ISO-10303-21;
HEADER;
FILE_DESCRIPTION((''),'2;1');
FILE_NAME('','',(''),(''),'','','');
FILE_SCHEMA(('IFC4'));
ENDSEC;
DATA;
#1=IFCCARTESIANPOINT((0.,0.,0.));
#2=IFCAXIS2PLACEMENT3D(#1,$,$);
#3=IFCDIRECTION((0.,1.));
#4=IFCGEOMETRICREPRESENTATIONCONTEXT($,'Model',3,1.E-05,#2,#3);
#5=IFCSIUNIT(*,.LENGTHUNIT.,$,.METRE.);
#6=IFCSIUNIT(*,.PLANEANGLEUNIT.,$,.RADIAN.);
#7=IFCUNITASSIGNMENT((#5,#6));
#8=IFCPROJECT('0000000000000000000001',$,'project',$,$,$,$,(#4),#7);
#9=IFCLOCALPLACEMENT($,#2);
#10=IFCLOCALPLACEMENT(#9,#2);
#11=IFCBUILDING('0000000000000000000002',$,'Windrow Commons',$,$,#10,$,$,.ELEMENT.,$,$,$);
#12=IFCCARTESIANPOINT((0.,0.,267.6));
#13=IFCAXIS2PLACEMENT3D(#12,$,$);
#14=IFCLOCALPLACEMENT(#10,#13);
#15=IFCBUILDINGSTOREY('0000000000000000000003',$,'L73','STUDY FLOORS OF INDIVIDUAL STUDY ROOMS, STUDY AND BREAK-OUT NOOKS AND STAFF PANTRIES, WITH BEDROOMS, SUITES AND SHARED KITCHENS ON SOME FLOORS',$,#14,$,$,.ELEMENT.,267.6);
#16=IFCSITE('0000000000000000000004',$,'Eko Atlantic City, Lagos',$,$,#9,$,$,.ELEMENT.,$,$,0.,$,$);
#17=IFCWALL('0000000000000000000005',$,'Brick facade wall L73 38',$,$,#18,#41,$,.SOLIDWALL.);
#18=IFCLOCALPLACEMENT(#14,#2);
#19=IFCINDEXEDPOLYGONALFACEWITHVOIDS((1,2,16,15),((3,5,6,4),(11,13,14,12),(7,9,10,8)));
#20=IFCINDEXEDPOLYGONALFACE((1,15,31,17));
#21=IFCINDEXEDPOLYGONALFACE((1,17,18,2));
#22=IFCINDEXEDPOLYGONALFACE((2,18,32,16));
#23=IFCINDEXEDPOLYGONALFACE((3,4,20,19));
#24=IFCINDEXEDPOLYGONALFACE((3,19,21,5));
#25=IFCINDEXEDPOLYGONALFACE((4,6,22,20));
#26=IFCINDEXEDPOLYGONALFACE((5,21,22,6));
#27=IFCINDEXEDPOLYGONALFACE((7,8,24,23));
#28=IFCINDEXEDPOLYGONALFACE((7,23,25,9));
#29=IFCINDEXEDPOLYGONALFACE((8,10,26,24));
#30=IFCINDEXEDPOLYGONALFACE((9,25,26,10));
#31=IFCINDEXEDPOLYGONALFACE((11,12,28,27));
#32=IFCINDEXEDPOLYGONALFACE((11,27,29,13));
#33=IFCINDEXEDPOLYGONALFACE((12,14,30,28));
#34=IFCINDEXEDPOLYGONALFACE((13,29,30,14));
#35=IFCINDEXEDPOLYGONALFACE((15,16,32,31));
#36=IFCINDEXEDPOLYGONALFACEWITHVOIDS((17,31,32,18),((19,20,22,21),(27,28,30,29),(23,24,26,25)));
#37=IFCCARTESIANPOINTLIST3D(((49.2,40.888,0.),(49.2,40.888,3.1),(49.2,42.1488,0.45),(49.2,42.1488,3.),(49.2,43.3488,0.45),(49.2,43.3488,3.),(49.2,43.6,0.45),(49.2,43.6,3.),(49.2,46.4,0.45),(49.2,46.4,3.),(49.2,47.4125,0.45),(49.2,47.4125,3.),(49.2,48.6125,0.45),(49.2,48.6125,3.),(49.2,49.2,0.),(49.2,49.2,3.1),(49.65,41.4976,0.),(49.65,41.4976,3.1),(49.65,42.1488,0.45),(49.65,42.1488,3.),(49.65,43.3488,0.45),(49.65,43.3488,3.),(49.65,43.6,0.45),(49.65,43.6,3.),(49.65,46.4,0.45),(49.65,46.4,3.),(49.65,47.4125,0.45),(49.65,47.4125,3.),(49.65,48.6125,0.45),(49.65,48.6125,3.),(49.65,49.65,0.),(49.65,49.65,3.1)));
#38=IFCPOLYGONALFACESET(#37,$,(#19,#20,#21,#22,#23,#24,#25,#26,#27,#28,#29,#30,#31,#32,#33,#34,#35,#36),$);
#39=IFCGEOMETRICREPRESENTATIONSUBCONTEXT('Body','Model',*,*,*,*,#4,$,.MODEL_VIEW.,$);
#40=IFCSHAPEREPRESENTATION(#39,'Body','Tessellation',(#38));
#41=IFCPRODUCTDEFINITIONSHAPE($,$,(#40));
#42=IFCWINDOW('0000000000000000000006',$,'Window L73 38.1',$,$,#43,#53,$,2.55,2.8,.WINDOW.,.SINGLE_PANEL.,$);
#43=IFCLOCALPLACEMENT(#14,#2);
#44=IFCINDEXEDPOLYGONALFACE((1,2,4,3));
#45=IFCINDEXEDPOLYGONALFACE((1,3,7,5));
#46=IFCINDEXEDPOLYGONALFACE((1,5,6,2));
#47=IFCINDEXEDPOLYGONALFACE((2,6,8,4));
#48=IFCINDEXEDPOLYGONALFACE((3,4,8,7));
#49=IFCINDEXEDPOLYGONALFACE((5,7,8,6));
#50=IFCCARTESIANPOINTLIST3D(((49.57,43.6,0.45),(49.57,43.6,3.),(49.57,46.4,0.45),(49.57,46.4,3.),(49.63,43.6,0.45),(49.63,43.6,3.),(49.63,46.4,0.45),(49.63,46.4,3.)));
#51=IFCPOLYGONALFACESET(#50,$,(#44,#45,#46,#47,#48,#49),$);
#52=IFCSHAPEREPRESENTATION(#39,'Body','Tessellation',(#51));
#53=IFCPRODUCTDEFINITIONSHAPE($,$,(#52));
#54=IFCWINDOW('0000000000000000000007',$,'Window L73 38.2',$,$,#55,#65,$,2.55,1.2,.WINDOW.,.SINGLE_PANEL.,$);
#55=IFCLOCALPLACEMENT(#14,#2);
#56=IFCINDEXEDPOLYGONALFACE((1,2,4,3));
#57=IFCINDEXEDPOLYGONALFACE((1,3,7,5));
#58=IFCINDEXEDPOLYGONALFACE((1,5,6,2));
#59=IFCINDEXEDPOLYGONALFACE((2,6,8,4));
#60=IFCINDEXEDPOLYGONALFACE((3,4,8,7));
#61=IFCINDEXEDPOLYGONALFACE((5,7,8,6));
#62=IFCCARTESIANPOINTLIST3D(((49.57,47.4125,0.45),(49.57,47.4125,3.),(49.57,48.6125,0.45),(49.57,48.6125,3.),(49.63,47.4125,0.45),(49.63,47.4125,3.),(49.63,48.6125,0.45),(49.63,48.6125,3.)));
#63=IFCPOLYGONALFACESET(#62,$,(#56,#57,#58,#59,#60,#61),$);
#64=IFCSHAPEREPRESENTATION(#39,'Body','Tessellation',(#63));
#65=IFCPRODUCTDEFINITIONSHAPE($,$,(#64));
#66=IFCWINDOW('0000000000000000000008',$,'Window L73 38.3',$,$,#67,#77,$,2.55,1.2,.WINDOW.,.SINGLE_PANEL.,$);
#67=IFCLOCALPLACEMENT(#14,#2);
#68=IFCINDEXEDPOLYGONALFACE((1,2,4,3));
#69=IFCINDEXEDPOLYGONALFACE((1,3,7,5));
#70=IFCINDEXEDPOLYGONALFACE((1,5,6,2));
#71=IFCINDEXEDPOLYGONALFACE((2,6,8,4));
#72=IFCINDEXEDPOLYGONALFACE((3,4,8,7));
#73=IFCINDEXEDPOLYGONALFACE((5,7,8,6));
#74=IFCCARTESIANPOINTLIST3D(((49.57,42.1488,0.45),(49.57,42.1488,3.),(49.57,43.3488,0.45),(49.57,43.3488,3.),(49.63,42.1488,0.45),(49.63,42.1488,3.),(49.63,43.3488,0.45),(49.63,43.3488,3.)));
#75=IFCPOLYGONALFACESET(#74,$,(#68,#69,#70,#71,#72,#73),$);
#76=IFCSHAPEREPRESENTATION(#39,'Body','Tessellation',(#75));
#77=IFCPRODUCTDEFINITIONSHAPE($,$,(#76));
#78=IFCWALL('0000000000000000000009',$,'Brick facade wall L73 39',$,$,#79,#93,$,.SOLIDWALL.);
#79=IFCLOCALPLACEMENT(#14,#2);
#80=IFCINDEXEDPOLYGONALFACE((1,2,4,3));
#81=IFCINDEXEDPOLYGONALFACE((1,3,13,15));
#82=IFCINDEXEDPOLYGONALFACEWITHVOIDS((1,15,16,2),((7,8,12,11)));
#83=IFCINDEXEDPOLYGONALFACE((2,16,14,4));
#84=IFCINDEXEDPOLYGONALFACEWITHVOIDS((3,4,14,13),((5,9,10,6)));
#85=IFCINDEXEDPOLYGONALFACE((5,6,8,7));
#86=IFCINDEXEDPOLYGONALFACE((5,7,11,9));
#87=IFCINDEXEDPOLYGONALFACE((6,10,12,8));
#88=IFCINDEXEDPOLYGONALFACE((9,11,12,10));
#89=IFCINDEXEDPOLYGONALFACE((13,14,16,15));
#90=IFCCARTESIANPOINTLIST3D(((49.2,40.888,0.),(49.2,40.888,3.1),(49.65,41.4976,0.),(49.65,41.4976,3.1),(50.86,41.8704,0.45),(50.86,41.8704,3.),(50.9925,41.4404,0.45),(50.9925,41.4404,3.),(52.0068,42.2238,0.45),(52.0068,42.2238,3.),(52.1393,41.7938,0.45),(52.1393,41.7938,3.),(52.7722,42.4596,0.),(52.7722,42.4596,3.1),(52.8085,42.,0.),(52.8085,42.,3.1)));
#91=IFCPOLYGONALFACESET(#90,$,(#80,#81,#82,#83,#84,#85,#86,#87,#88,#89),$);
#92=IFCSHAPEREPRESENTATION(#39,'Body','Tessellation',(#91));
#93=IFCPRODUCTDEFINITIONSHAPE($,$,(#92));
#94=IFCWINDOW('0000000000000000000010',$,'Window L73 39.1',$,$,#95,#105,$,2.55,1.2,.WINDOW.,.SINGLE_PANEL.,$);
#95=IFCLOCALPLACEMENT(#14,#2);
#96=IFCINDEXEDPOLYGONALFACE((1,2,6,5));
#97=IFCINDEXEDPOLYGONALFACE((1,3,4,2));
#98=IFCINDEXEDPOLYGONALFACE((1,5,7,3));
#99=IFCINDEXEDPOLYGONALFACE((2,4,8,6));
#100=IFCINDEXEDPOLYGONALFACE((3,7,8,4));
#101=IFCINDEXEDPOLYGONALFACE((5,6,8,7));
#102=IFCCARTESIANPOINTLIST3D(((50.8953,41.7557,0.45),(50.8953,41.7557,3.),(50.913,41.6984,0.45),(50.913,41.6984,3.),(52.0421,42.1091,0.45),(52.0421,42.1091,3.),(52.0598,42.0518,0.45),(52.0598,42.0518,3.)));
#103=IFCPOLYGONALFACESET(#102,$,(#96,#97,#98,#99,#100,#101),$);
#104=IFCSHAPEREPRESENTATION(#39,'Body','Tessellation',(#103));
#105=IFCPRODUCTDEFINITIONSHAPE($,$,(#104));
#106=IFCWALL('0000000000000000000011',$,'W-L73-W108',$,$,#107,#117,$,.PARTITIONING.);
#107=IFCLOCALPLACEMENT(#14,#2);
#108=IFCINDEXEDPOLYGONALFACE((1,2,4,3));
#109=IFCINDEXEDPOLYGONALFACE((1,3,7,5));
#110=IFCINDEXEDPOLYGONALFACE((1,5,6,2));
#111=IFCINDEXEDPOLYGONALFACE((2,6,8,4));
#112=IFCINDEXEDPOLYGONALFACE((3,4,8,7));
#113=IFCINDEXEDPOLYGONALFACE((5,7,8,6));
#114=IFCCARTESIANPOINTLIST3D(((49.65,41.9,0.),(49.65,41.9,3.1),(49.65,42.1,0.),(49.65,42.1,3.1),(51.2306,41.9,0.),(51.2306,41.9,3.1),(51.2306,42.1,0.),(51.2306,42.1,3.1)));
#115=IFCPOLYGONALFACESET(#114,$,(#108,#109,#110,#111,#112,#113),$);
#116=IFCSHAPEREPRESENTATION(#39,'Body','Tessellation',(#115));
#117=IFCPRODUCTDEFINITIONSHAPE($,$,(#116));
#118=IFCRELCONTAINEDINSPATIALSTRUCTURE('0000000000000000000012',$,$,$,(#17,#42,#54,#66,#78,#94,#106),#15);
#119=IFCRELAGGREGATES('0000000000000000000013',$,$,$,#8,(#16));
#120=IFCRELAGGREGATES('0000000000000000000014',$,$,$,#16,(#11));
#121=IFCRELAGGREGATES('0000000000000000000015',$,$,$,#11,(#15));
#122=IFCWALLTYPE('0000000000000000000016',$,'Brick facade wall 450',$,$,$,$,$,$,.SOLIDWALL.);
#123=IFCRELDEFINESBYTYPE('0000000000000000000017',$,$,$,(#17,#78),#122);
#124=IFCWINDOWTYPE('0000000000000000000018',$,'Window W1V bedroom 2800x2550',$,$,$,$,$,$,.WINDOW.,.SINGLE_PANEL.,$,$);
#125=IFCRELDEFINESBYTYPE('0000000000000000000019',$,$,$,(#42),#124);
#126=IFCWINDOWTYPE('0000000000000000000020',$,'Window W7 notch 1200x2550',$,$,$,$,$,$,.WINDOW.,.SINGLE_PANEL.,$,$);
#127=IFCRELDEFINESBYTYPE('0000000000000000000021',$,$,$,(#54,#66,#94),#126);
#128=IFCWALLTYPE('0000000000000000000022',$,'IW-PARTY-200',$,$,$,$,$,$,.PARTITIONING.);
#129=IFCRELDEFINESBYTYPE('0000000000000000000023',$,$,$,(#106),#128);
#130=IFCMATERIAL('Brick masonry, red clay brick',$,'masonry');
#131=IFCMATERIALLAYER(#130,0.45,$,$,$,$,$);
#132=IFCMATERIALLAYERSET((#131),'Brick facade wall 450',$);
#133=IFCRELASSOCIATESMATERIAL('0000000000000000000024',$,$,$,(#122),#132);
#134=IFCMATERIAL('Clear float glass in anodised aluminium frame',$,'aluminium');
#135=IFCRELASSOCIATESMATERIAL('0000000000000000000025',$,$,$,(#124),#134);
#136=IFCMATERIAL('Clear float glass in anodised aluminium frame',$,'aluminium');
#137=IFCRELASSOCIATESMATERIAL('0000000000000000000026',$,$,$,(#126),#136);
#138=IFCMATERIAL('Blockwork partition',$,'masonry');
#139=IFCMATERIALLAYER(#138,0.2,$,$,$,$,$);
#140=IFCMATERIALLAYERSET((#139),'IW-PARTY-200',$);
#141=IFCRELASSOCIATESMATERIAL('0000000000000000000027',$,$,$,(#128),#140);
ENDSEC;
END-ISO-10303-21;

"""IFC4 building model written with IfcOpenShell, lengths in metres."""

from ifc_helpers import new_model, si_unit, direction, frame, frame_2d, origin, place, context, subcontext, project, spatial, polyline, rectangle, outline, extrude, material, layer, layer_set, type_object, element, fill, save


model = new_model("IFC4")

# Units and contexts
model_context = context("Model", 3, precision=1e-05, world=origin(), true_north=direction((0.0, 1.0)))
body_context = subcontext(model_context, "Body", "Model", "MODEL_VIEW")
ifc_project = project(units=[si_unit("LENGTHUNIT", "METRE"), si_unit("PLANEANGLEUNIT", "RADIAN")], contexts=[model_context])

# Site, building, storey
site_placement = place(None, origin())
site = spatial("IfcSite", under=ifc_project, at=site_placement, Name="Eko Atlantic City, Lagos", CompositionType="ELEMENT", RefElevation=0.0)
building_placement = place(site_placement, origin())
building = spatial("IfcBuilding", under=site, at=building_placement, Name="Windrow Commons", CompositionType="ELEMENT")
storey_placement = place(building_placement, frame((0.0, 0.0, 267.6)))
storey = spatial("IfcBuildingStorey", under=building, at=storey_placement, Name="L73", Description="STUDY FLOORS OF INDIVIDUAL STUDY ROOMS, STUDY AND BREAK-OUT NOOKS AND STAFF PANTRIES, WITH BEDROOMS, SUITES AND SHARED KITCHENS ON SOME FLOORS", CompositionType="ELEMENT", Elevation=267.6)

# Wall, openings, windows
ifc_material_1 = material(Name="Brick masonry, red clay brick", Category="masonry")
ifc_layer_1 = layer(ifc_material_1, 0.45)
ifc_layer_set_1 = layer_set([ifc_layer_1], Name="Brick facade wall 450")
wall_type_1 = type_object("IfcWallType", Name="Brick facade wall 450", PredefinedType="SOLIDWALL", material=ifc_layer_set_1)
ifc_material_2 = material(Name="Clear float glass in anodised aluminium frame", Category="aluminium")
window_type_1 = type_object("IfcWindowType", Name="Window W1V bedroom 2800x2550", PartitioningType="SINGLE_PANEL", PredefinedType="WINDOW", material=ifc_material_2)
ifc_material_3 = material(Name="Clear float glass in anodised aluminium frame", Category="aluminium")
window_type_2 = type_object("IfcWindowType", Name="Window W7 notch 1200x2550", PartitioningType="SINGLE_PANEL", PredefinedType="WINDOW", material=ifc_material_3)
wall_1_placement = place(storey_placement, frame((49.425, 49.425, 0.0), z_axis=(0.0, 0.0, 1.0), x_axis=(0.0, -1.0, 0.0)))
wall_1 = element("IfcWall", 1, at=wall_1_placement, inside=storey, type_object=wall_type_1, Name="Brick facade wall L73 38", PredefinedType="SOLIDWALL", context=body_context, shape_type="SweptSolid", body=[
    extrude(outline(polyline([(0.225, -0.225), (8.537, -0.225), (7.9274, 0.225), (-0.225, 0.225), (0.225, -0.225)])), origin(), (0.0, 0.0, 1.0), 3.1),
])
opening_1_placement = place(wall_1_placement, frame((3.025, 0.0, 0.45)))
opening_1 = element("IfcOpeningElement", 2, at=opening_1_placement, cuts=wall_1, PredefinedType="OPENING", context=body_context, shape_type="SweptSolid", body=[
    extrude(rectangle(XDim=2.8, YDim=2.55, at=frame_2d((1.4, 1.275))), frame((0.0, 0.235, 0.0), z_axis=(0.0, -1.0, 0.0), x_axis=(1.0, 0.0, 0.0)), (0.0, 0.0, 1.0), 0.47),
])
opening_2_placement = place(wall_1_placement, frame((0.8125, 0.0, 0.45)))
opening_2 = element("IfcOpeningElement", 3, at=opening_2_placement, cuts=wall_1, PredefinedType="OPENING", context=body_context, shape_type="SweptSolid", body=[
    extrude(rectangle(XDim=1.2, YDim=2.55, at=frame_2d((0.6, 1.275))), frame((0.0, 0.235, 0.0), z_axis=(0.0, -1.0, 0.0), x_axis=(1.0, 0.0, 0.0)), (0.0, 0.0, 1.0), 0.47),
])
opening_3_placement = place(wall_1_placement, frame((6.0762, 0.0, 0.45)))
opening_3 = element("IfcOpeningElement", 4, at=opening_3_placement, cuts=wall_1, PredefinedType="OPENING", context=body_context, shape_type="SweptSolid", body=[
    extrude(rectangle(XDim=1.2, YDim=2.55, at=frame_2d((0.6, 1.275))), frame((0.0, 0.235, 0.0), z_axis=(0.0, -1.0, 0.0), x_axis=(1.0, 0.0, 0.0)), (0.0, 0.0, 1.0), 0.47),
])
window_1_placement = place(opening_1_placement, origin())
window_1 = element("IfcWindow", 5, at=window_1_placement, inside=storey, type_object=window_type_1, Name="Window L73 38.1", OverallHeight=2.55, OverallWidth=2.8, PartitioningType="SINGLE_PANEL", PredefinedType="WINDOW", context=body_context, shape_type="SweptSolid", body=[
    extrude(rectangle(XDim=2.8, YDim=2.55, at=frame_2d((1.4, 1.275))), frame((0.0, 0.205, 0.0), z_axis=(0.0, -1.0, 0.0), x_axis=(1.0, 0.0, 0.0)), (0.0, 0.0, 1.0), 0.06),
])
fill(opening_1, window_1)
window_2_placement = place(opening_2_placement, origin())
window_2 = element("IfcWindow", 6, at=window_2_placement, inside=storey, type_object=window_type_2, Name="Window L73 38.2", OverallHeight=2.55, OverallWidth=1.2, PartitioningType="SINGLE_PANEL", PredefinedType="WINDOW", context=body_context, shape_type="SweptSolid", body=[
    extrude(rectangle(XDim=1.2, YDim=2.55, at=frame_2d((0.6, 1.275))), frame((0.0, 0.205, 0.0), z_axis=(0.0, -1.0, 0.0), x_axis=(1.0, 0.0, 0.0)), (0.0, 0.0, 1.0), 0.06),
])
fill(opening_2, window_2)
window_3_placement = place(opening_3_placement, origin())
window_3 = element("IfcWindow", 7, at=window_3_placement, inside=storey, type_object=window_type_2, Name="Window L73 38.3", OverallHeight=2.55, OverallWidth=1.2, PartitioningType="SINGLE_PANEL", PredefinedType="WINDOW", context=body_context, shape_type="SweptSolid", body=[
    extrude(rectangle(XDim=1.2, YDim=2.55, at=frame_2d((0.6, 1.275))), frame((0.0, 0.205, 0.0), z_axis=(0.0, -1.0, 0.0), x_axis=(1.0, 0.0, 0.0)), (0.0, 0.0, 1.0), 0.06),
])
fill(opening_3, window_3)

# Wall, opening, window
wall_2_placement = place(storey_placement, frame((49.425, 41.1928, 0.0), z_axis=(0.0, 0.0, 1.0), x_axis=(0.955657, 0.294481, 0.0)))
wall_2 = element("IfcWall", 8, at=wall_2_placement, inside=storey, type_object=wall_type_1, Name="Brick facade wall L73 39", PredefinedType="SOLIDWALL", context=body_context, shape_type="SweptSolid", body=[
    extrude(outline(polyline([(-0.3048, -0.225), (3.4712, -0.225), (3.5718, 0.225), (0.3048, 0.225), (-0.3048, -0.225)])), origin(), (0.0, 0.0, 1.0), 3.1),
])
opening_4_placement = place(wall_2_placement, frame((1.5709, 0.0, 0.45)))
opening_4 = element("IfcOpeningElement", 9, at=opening_4_placement, cuts=wall_2, PredefinedType="OPENING", context=body_context, shape_type="SweptSolid", body=[
    extrude(rectangle(XDim=1.2, YDim=2.55, at=frame_2d((0.6, 1.275))), frame((0.0, 0.235, 0.0), z_axis=(0.0, -1.0, 0.0), x_axis=(1.0, 0.0, 0.0)), (0.0, 0.0, 1.0), 0.47),
])
window_4_placement = place(opening_4_placement, origin())
window_4 = element("IfcWindow", 10, at=window_4_placement, inside=storey, type_object=window_type_2, Name="Window L73 39.1", OverallHeight=2.55, OverallWidth=1.2, PartitioningType="SINGLE_PANEL", PredefinedType="WINDOW", context=body_context, shape_type="SweptSolid", body=[
    extrude(rectangle(XDim=1.2, YDim=2.55, at=frame_2d((0.6, 1.275))), frame((0.0, 0.105, 0.0), z_axis=(0.0, -1.0, 0.0), x_axis=(1.0, 0.0, 0.0)), (0.0, 0.0, 1.0), 0.06),
])
fill(opening_4, window_4)

# Wall
ifc_material_4 = material(Name="Blockwork partition", Category="masonry")
ifc_layer_2 = layer(ifc_material_4, 0.2)
ifc_layer_set_2 = layer_set([ifc_layer_2], Name="IW-PARTY-200")
wall_type_2 = type_object("IfcWallType", Name="IW-PARTY-200", PredefinedType="PARTITIONING", material=ifc_layer_set_2)
wall_3_placement = place(storey_placement, frame((49.65, 42.0, 0.0), z_axis=(0.0, 0.0, 1.0), x_axis=(1.0, 0.0, 0.0)))
element("IfcWall", 11, at=wall_3_placement, inside=storey, type_object=wall_type_2, Name="W-L73-W108", PredefinedType="PARTITIONING", context=body_context, shape_type="SweptSolid", body=[
    extrude(rectangle(XDim=1.5805, YDim=0.2, at=frame_2d((0.7903, 0.0))), origin(), (0.0, 0.0, 1.0), 3.1),
])

save(model, "model.ifc")
